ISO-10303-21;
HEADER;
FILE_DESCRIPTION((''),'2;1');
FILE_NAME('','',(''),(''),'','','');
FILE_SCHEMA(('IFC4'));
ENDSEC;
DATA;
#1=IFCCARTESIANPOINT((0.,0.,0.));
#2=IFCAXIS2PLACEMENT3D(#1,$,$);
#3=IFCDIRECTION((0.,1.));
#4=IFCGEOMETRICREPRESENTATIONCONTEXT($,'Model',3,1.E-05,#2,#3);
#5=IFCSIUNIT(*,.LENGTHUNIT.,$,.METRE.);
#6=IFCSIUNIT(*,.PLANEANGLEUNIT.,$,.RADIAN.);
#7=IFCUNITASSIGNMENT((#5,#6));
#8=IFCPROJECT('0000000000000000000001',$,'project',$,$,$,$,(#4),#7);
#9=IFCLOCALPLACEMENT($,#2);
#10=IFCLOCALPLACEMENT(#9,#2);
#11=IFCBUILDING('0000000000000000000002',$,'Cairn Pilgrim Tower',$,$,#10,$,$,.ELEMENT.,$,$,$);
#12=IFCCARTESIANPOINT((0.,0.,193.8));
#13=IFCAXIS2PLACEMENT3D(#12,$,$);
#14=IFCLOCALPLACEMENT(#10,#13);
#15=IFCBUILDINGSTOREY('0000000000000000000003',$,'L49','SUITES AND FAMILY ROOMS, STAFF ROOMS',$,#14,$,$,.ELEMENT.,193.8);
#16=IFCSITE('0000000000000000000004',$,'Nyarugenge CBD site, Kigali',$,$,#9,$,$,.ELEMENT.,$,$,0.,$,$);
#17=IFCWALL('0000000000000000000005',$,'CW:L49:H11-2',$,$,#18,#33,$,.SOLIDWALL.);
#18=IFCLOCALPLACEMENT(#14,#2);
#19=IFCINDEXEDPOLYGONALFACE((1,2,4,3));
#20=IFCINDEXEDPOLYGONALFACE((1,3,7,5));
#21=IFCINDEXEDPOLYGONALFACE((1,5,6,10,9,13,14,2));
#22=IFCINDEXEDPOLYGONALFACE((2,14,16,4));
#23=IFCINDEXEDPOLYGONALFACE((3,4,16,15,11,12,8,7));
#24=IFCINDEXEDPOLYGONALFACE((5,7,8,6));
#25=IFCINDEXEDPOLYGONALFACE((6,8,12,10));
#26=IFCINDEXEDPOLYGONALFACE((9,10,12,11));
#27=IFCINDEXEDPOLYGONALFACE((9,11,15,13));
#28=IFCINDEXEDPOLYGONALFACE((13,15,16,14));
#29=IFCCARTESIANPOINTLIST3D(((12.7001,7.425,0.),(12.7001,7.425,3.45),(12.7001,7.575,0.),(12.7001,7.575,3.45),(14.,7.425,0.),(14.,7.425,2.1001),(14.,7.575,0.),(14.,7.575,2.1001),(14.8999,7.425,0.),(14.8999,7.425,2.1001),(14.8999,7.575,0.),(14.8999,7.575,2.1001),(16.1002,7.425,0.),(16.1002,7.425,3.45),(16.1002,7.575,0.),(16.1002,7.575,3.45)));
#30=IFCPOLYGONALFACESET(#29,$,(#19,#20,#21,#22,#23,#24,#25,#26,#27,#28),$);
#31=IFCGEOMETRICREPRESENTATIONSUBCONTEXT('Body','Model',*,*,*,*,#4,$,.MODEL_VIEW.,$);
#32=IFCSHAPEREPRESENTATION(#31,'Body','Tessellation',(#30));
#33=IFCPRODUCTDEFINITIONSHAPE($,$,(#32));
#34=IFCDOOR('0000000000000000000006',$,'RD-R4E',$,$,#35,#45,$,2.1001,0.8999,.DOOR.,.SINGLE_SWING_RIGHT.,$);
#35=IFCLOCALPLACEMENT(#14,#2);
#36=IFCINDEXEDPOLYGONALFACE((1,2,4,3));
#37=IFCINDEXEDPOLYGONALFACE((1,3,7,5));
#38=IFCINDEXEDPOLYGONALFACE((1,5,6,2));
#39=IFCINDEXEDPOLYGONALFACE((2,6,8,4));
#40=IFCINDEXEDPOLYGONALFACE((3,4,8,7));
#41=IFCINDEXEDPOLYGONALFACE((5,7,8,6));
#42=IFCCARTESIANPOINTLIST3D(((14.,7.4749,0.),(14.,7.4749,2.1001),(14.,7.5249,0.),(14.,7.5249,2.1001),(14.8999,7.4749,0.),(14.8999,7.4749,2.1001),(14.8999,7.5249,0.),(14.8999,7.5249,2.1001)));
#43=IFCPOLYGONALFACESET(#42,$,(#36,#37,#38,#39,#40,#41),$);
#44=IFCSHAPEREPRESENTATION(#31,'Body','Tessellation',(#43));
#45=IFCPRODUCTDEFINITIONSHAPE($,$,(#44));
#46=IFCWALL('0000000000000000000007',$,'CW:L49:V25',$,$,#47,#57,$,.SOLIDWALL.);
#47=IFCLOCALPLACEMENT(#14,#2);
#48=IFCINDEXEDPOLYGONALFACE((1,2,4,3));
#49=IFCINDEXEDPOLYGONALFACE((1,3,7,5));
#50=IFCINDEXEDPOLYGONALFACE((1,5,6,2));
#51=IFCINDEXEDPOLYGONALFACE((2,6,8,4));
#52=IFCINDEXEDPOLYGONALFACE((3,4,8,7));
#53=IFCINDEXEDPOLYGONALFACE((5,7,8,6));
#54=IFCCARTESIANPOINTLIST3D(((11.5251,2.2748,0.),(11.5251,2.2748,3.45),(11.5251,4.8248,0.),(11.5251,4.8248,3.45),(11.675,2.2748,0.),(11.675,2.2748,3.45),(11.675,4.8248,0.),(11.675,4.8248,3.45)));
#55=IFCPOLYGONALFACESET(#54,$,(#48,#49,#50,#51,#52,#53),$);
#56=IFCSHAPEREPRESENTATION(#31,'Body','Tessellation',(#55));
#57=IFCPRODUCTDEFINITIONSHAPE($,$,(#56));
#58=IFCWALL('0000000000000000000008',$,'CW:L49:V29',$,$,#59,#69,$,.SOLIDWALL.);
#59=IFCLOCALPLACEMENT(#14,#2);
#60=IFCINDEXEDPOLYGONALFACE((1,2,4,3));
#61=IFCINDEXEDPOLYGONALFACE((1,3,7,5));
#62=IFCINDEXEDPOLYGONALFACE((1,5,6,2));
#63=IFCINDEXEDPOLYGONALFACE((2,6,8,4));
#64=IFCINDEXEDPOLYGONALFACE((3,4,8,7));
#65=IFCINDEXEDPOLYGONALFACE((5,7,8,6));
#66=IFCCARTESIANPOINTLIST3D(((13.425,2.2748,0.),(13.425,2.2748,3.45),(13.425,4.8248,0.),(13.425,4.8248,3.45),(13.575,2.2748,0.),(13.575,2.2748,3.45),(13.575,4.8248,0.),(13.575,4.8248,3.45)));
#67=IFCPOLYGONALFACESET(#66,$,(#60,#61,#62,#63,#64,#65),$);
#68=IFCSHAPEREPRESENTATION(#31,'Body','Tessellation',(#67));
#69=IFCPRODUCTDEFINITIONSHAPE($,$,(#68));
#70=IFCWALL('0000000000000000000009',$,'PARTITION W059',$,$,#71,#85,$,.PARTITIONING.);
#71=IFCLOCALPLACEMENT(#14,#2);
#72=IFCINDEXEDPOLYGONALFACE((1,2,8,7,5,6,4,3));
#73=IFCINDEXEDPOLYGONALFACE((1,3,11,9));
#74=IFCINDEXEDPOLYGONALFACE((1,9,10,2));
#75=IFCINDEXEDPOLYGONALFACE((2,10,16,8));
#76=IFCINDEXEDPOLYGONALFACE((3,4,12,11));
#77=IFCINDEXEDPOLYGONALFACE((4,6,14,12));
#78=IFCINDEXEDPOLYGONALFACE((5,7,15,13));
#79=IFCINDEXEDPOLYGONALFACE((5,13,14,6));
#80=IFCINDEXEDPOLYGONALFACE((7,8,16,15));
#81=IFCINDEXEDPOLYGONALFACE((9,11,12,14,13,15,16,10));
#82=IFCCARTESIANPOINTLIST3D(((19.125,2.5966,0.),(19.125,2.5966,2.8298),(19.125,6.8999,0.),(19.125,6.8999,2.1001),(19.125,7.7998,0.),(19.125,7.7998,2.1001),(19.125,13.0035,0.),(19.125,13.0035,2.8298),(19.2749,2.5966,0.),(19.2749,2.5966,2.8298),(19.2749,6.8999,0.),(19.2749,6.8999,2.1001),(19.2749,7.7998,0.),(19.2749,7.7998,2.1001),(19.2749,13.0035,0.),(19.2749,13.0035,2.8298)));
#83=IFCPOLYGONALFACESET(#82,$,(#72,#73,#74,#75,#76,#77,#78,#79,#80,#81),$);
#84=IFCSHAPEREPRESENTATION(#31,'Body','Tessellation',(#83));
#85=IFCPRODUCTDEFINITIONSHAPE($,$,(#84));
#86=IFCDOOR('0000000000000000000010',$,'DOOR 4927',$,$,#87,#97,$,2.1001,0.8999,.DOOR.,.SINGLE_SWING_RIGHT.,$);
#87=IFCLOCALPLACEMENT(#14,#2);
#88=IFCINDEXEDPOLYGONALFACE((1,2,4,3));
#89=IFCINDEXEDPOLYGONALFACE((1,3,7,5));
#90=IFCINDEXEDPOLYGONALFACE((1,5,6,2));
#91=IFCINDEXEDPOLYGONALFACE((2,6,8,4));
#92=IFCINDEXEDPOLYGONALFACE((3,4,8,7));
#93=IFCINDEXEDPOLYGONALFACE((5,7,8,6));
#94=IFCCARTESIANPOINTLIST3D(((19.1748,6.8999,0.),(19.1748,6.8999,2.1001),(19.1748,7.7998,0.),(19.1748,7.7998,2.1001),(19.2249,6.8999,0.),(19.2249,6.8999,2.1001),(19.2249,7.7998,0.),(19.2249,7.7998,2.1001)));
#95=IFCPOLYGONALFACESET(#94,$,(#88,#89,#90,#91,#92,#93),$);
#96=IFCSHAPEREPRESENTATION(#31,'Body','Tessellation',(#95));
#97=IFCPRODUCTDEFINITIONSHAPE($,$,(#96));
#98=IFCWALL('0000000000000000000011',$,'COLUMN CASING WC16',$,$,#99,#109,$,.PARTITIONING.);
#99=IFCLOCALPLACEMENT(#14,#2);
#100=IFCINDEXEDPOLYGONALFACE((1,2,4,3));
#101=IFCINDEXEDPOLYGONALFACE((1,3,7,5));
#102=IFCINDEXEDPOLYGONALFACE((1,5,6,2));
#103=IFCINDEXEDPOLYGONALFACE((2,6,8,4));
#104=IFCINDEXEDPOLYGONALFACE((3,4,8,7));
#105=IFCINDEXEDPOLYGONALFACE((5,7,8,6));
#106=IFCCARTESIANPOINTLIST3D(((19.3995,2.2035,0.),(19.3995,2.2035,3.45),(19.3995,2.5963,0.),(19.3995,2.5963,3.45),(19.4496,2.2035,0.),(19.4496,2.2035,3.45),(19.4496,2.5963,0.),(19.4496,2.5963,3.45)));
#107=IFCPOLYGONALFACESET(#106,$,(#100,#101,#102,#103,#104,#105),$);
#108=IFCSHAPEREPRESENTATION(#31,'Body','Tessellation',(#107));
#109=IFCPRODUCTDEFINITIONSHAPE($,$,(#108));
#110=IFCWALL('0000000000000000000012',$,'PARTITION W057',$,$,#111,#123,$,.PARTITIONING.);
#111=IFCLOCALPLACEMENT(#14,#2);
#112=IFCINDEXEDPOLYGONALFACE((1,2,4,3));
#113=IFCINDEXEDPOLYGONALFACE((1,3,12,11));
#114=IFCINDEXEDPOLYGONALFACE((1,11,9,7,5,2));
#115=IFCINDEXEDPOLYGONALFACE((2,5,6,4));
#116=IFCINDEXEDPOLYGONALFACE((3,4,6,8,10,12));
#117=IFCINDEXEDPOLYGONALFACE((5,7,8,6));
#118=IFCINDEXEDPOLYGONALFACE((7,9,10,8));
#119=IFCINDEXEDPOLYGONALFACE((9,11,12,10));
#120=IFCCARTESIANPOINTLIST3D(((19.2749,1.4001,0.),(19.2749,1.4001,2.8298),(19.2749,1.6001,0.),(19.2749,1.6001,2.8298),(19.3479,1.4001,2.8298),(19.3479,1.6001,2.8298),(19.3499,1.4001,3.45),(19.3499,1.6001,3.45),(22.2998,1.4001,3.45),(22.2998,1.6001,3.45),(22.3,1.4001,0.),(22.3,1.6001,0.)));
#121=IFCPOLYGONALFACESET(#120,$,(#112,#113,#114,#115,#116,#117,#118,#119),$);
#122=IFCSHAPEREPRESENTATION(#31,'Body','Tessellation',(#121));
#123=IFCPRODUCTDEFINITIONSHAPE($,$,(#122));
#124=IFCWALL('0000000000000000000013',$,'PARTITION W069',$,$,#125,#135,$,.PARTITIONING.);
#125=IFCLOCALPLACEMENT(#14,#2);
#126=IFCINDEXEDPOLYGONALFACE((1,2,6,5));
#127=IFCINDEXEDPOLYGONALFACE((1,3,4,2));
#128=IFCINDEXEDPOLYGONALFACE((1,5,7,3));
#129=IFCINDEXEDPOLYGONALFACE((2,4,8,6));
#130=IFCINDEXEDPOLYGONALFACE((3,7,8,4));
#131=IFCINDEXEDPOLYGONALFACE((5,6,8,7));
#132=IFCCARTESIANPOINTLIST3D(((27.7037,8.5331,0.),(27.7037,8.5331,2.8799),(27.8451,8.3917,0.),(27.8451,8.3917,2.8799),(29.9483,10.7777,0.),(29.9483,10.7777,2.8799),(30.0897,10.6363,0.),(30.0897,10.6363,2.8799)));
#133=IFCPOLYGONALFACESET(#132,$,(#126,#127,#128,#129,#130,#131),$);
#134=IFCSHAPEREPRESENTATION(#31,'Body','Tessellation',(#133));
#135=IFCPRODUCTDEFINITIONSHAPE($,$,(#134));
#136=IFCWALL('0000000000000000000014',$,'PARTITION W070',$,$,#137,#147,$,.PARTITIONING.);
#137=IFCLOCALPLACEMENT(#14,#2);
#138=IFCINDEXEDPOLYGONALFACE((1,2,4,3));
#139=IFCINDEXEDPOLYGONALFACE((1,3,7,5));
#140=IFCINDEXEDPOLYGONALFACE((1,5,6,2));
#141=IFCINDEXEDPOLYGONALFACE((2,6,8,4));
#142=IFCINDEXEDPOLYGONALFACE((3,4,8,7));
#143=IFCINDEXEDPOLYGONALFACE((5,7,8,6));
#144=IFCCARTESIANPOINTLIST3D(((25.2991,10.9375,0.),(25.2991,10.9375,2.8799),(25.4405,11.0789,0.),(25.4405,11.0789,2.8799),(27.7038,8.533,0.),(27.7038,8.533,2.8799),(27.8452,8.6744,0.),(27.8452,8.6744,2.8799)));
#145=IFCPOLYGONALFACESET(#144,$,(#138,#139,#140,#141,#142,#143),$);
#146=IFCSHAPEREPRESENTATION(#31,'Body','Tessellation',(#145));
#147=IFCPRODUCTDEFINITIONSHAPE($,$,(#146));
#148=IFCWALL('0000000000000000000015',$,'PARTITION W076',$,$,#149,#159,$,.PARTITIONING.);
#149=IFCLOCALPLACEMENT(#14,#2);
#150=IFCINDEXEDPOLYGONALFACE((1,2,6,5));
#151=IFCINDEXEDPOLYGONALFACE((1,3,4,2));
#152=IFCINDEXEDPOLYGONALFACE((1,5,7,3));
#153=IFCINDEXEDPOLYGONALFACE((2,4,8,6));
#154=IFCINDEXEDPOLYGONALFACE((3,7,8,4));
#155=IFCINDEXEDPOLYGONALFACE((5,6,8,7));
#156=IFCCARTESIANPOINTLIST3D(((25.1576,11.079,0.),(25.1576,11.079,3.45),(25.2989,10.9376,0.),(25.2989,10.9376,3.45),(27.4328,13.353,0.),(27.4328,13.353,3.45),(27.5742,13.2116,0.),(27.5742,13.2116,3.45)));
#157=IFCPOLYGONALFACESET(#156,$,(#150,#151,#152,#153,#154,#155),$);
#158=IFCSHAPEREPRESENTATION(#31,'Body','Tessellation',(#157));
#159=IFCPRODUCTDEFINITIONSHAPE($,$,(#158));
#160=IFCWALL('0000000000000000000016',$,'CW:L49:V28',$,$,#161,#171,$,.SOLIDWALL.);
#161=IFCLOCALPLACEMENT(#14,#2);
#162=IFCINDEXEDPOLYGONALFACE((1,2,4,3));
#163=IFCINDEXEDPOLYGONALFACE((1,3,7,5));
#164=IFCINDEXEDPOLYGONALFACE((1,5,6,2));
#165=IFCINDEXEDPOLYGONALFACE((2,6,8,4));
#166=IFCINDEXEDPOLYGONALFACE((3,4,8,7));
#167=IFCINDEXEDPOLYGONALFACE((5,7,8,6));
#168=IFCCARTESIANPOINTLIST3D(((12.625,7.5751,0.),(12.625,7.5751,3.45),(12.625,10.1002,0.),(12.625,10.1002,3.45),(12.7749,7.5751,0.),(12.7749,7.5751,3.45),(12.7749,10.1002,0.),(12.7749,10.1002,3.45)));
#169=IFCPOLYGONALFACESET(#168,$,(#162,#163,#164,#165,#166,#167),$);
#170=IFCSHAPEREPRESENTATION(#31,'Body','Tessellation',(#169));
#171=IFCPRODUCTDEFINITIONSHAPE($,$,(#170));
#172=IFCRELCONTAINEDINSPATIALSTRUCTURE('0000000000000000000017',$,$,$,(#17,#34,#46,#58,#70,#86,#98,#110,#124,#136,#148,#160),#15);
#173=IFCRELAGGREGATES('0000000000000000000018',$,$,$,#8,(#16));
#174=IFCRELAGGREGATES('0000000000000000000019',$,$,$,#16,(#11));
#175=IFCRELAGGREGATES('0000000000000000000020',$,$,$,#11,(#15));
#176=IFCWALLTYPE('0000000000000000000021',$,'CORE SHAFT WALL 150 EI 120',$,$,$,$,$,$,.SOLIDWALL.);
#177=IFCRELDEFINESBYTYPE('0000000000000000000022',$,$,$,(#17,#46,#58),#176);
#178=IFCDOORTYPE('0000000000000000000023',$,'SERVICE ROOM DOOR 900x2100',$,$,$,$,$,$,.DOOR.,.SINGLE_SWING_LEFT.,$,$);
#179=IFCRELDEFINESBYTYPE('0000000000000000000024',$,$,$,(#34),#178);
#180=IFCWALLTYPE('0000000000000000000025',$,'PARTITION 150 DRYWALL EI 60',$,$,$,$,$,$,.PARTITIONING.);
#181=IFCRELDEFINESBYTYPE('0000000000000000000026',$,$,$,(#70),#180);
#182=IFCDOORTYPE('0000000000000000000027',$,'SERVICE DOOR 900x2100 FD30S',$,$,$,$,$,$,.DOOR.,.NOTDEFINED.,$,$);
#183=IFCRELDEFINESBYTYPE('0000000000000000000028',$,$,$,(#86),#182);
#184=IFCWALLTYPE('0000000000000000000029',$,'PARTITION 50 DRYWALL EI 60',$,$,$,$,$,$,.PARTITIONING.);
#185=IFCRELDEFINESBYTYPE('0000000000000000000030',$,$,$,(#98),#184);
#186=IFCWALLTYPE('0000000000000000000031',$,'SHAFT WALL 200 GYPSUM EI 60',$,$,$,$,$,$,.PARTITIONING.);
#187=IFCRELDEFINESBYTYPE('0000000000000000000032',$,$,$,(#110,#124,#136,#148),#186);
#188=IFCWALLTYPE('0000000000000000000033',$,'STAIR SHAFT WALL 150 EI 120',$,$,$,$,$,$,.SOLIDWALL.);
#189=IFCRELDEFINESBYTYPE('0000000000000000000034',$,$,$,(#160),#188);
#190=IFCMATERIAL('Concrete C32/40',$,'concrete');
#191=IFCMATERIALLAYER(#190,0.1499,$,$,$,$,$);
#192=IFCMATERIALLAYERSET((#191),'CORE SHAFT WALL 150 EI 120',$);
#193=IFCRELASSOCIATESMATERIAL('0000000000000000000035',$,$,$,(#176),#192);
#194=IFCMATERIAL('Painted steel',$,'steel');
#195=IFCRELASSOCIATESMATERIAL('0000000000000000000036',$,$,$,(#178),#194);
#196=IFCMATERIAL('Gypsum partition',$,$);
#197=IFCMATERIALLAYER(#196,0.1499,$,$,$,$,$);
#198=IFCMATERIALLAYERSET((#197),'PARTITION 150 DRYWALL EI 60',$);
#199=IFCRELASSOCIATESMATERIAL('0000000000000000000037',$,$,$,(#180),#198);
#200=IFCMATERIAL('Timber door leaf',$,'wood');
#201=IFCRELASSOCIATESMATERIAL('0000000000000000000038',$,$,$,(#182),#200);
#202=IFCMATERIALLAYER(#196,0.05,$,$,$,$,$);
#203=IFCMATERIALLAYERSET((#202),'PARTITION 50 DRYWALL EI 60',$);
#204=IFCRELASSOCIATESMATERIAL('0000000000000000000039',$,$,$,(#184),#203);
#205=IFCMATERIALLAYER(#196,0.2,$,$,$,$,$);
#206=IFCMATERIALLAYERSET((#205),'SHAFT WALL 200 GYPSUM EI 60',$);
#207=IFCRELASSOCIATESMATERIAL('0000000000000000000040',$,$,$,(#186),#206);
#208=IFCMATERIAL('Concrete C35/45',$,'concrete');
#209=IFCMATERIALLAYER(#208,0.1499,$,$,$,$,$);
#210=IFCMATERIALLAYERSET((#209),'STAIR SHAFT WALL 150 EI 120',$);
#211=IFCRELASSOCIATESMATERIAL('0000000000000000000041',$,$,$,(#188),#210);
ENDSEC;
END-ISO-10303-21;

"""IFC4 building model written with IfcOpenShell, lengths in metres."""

from ifc_helpers import new_model, si_unit, direction, frame, frame_2d, origin, place, context, subcontext, project, spatial, polyline, rectangle, outline, extrude, material, layer, layer_set, type_object, element, fill, save


model = new_model("IFC4")

# Units and contexts
model_context = context("Model", 3, precision=1e-05, world=origin(), true_north=direction((0.0, 1.0)))
body_context = subcontext(model_context, "Body", "Model", "MODEL_VIEW")
ifc_project = project(units=[si_unit("LENGTHUNIT", "METRE"), si_unit("PLANEANGLEUNIT", "RADIAN")], contexts=[model_context])

# Site, building, storey
site_placement = place(None, origin())
site = spatial("IfcSite", under=ifc_project, at=site_placement, Name="Nyarugenge CBD site, Kigali", CompositionType="ELEMENT", RefElevation=0.0)
building_placement = place(site_placement, origin())
building = spatial("IfcBuilding", under=site, at=building_placement, Name="Cairn Pilgrim Tower", CompositionType="ELEMENT")
storey_placement = place(building_placement, frame((0.0, 0.0, 193.8)))
storey = spatial("IfcBuildingStorey", under=building, at=storey_placement, Name="L49", Description="SUITES AND FAMILY ROOMS, STAFF ROOMS", CompositionType="ELEMENT", Elevation=193.8)

# Shared definitions
ifc_material_1 = material(Name="Concrete C32/40", Category="concrete")

# Wall, opening, door
ifc_layer_1 = layer(ifc_material_1, 0.1499)
ifc_layer_set_1 = layer_set([ifc_layer_1], Name="CORE SHAFT WALL 150 EI 120")
wall_type_1 = type_object("IfcWallType", Name="CORE SHAFT WALL 150 EI 120", PredefinedType="SOLIDWALL", material=ifc_layer_set_1)
wall_1_placement = place(storey_placement, frame((12.7, 7.5, 0.0), z_axis=(0.0, 0.0, 1.0), x_axis=(1.0, 0.0, 0.0)))
wall_1 = element("IfcWall", 1, at=wall_1_placement, inside=storey, type_object=wall_type_1, Name="CW:L49:H11-2", PredefinedType="SOLIDWALL", context=body_context, shape_type="SweptSolid", body=[
    extrude(rectangle(XDim=3.4001, YDim=0.1499, at=frame_2d((1.7002, 0.0))), origin(), (0.0, 0.0, 1.0), 3.45),
])
opening_1_placement = place(wall_1_placement, frame((1.3, 0.0, 0.0)))
opening_1 = element("IfcOpeningElement", 2, at=opening_1_placement, cuts=wall_1, PredefinedType="OPENING", context=body_context, shape_type="SweptSolid", body=[
    extrude(rectangle(XDim=0.8999, YDim=2.1001, at=frame_2d((0.45, 1.05))), frame((0.0, 0.085, 0.0), z_axis=(0.0, -1.0, 0.0), x_axis=(1.0, 0.0, 0.0)), (0.0, 0.0, 1.0), 0.1699),
])
ifc_material_2 = material(Name="Painted steel", Category="steel")
door_type_1 = type_object("IfcDoorType", Name="SERVICE ROOM DOOR 900x2100", OperationType="SINGLE_SWING_LEFT", PredefinedType="DOOR", material=ifc_material_2)
door_1_placement = place(opening_1_placement, origin())
door_1 = element("IfcDoor", 3, at=door_1_placement, inside=storey, type_object=door_type_1, Name="RD-R4E", OperationType="SINGLE_SWING_RIGHT", OverallHeight=2.1001, OverallWidth=0.8999, PredefinedType="DOOR", context=body_context, shape_type="SweptSolid", body=[
    extrude(rectangle(XDim=0.8999, YDim=2.1001, at=frame_2d((0.45, 1.05))), frame((0.0, 0.0249, 0.0), z_axis=(0.0, -1.0, 0.0), x_axis=(1.0, 0.0, 0.0)), (0.0, 0.0, 1.0), 0.05),
])
fill(opening_1, door_1)

# Walls
for number, where, z_axis, x_axis, name in (
    (4, (11.6001, 2.2749, 0.0), (0.0, 0.0, 1.0), (0.0, 1.0, 0.0), "CW:L49:V25"),
    (5, (13.5, 2.2749, 0.0), (0.0, 0.0, 1.0), (0.0, 1.0, 0.0), "CW:L49:V29"),
):
    element("IfcWall", number, at=place(storey_placement, frame(where, z_axis=z_axis, x_axis=x_axis)), inside=storey, type_object=wall_type_1, Name=name, PredefinedType="SOLIDWALL", context=body_context, shape_type="SweptSolid", body=[
        extrude(rectangle(XDim=2.55, YDim=0.1499, at=frame_2d((1.2749, 0.0))), origin(), (0.0, 0.0, 1.0), 3.45),
    ])

# Wall, opening, door
ifc_material_3 = material(Name="Gypsum partition")
ifc_layer_2 = layer(ifc_material_3, 0.1499)
ifc_layer_set_2 = layer_set([ifc_layer_2], Name="PARTITION 150 DRYWALL EI 60")
wall_type_2 = type_object("IfcWallType", Name="PARTITION 150 DRYWALL EI 60", PredefinedType="PARTITIONING", material=ifc_layer_set_2)
wall_2_placement = place(storey_placement, frame((19.2, 2.5964, 0.0), z_axis=(0.0, 0.0, 1.0), x_axis=(0.0, 1.0, 0.0)))
wall_2 = element("IfcWall", 6, at=wall_2_placement, inside=storey, type_object=wall_type_2, Name="PARTITION W059", PredefinedType="PARTITIONING", context=body_context, shape_type="SweptSolid", body=[
    extrude(rectangle(XDim=10.407, YDim=0.1499, at=frame_2d((5.2036, 0.0))), origin(), (0.0, 0.0, 1.0), 2.8298),
])
opening_2_placement = place(wall_2_placement, frame((4.3035, 0.0, 0.0)))
opening_2 = element("IfcOpeningElement", 7, at=opening_2_placement, cuts=wall_2, PredefinedType="OPENING", context=body_context, shape_type="SweptSolid", body=[
    extrude(rectangle(XDim=0.8999, YDim=2.1001, at=frame_2d((0.45, 1.05))), frame((0.0, 0.085, 0.0), z_axis=(0.0, -1.0, 0.0), x_axis=(1.0, 0.0, 0.0)), (0.0, 0.0, 1.0), 0.1699),
])
ifc_material_4 = material(Name="Timber door leaf", Category="wood")
door_type_2 = type_object("IfcDoorType", Name="SERVICE DOOR 900x2100 FD30S", OperationType="NOTDEFINED", PredefinedType="DOOR", material=ifc_material_4)
door_2_placement = place(opening_2_placement, frame((0.8999, 0.0, 0.0), z_axis=(0.0, 0.0, 1.0), x_axis=(-1.0, 0.0, 0.0)))
door_2 = element("IfcDoor", 8, at=door_2_placement, inside=storey, type_object=door_type_2, Name="DOOR 4927", OperationType="SINGLE_SWING_RIGHT", OverallHeight=2.1001, OverallWidth=0.8999, PredefinedType="DOOR", context=body_context, shape_type="SweptSolid", body=[
    extrude(rectangle(XDim=0.8999, YDim=2.1001, at=frame_2d((0.45, 1.05))), frame((0.0, 0.0249, 0.0), z_axis=(0.0, -1.0, 0.0), x_axis=(1.0, 0.0, 0.0)), (0.0, 0.0, 1.0), 0.05),
])
fill(opening_2, door_2)

# Walls
ifc_layer_3 = layer(ifc_material_3, 0.05)
ifc_layer_set_3 = layer_set([ifc_layer_3], Name="PARTITION 50 DRYWALL EI 60")
wall_type_3 = type_object("IfcWallType", Name="PARTITION 50 DRYWALL EI 60", PredefinedType="PARTITIONING", material=ifc_layer_set_3)
wall_3_placement = place(storey_placement, frame((19.4246, 2.2036, 0.0), z_axis=(0.0, 0.0, 1.0), x_axis=(0.0, 1.0, 0.0)))
element("IfcWall", 9, at=wall_3_placement, inside=storey, type_object=wall_type_3, Name="COLUMN CASING WC16", PredefinedType="PARTITIONING", context=body_context, shape_type="SweptSolid", body=[
    extrude(rectangle(XDim=0.3928, YDim=0.05, at=frame_2d((0.1963, 0.0))), origin(), (0.0, 0.0, 1.0), 3.45),
])
ifc_layer_4 = layer(ifc_material_3, 0.2)
ifc_layer_set_4 = layer_set([ifc_layer_4], Name="SHAFT WALL 200 GYPSUM EI 60")
wall_type_4 = type_object("IfcWallType", Name="SHAFT WALL 200 GYPSUM EI 60", PredefinedType="PARTITIONING", material=ifc_layer_set_4)
wall_4_placement = place(storey_placement, frame((19.2749, 1.5, 0.0), z_axis=(0.0, 0.0, 1.0), x_axis=(1.0, 0.0, 0.0)))
element("IfcWall", 10, at=wall_4_placement, inside=storey, type_object=wall_type_4, Name="PARTITION W057", PredefinedType="PARTITIONING", context=body_context, shape_type="SweptSolid", body=[
    extrude(outline(polyline([(0.0, 0.0), (3.0251, 0.0), (3.0249, 3.45), (0.075, 3.45), (0.073, 2.8298), (0.0, 2.8298), (0.0, 0.0)])), frame((0.0, 0.1001, 0.0), z_axis=(0.0, -1.0, 0.0), x_axis=(1.0, 0.0, 0.0)), (0.0, 0.0, 1.0), 0.2),
])
wall_5_placement = place(storey_placement, frame((27.7744, 8.4624, 0.0), z_axis=(0.0, 0.0, 1.0), x_axis=(0.707107, 0.707107, 0.0)))
element("IfcWall", 11, at=wall_5_placement, inside=storey, type_object=wall_type_4, Name="PARTITION W069", PredefinedType="PARTITIONING", context=body_context, shape_type="SweptSolid", body=[
    extrude(rectangle(XDim=3.1743, YDim=0.2, at=frame_2d((1.5872, 0.0))), origin(), (0.0, 0.0, 1.0), 2.8799),
])
wall_6_placement = place(storey_placement, frame((27.7744, 8.6038, 0.0), z_axis=(0.0, 0.0, 1.0), x_axis=(-0.707143, 0.707071, 0.0)))
element("IfcWall", 12, at=wall_6_placement, inside=storey, type_object=wall_type_4, Name="PARTITION W070", PredefinedType="PARTITIONING", context=body_context, shape_type="SweptSolid", body=[
    extrude(rectangle(XDim=3.4006, YDim=0.2, at=frame_2d((1.7002, 0.0))), origin(), (0.0, 0.0, 1.0), 2.8799),
])
wall_7_placement = place(storey_placement, frame((25.2283, 11.0083, 0.0), z_axis=(0.0, 0.0, 1.0), x_axis=(0.707297, 0.706917, 0.0)))
element("IfcWall", 13, at=wall_7_placement, inside=storey, type_object=wall_type_4, Name="PARTITION W076", PredefinedType="PARTITIONING", context=body_context, shape_type="SweptSolid", body=[
    extrude(rectangle(XDim=3.2168, YDim=0.2, at=frame_2d((1.6084, 0.0))), origin(), (0.0, 0.0, 1.0), 3.45),
])
ifc_material_5 = material(Name="Concrete C35/45", Category="concrete")
ifc_layer_5 = layer(ifc_material_5, 0.1499)
ifc_layer_set_5 = layer_set([ifc_layer_5], Name="STAIR SHAFT WALL 150 EI 120")
wall_type_5 = type_object("IfcWallType", Name="STAIR SHAFT WALL 150 EI 120", PredefinedType="SOLIDWALL", material=ifc_layer_set_5)
wall_8_placement = place(storey_placement, frame((12.7, 7.575, 0.0), z_axis=(0.0, 0.0, 1.0), x_axis=(0.0, 1.0, 0.0)))
element("IfcWall", 14, at=wall_8_placement, inside=storey, type_object=wall_type_5, Name="CW:L49:V28", PredefinedType="SOLIDWALL", context=body_context, shape_type="SweptSolid", body=[
    extrude(rectangle(XDim=2.5251, YDim=0.1499, at=frame_2d((1.2627, 0.0))), origin(), (0.0, 0.0, 1.0), 3.45),
])

save(model, "model.ifc")
